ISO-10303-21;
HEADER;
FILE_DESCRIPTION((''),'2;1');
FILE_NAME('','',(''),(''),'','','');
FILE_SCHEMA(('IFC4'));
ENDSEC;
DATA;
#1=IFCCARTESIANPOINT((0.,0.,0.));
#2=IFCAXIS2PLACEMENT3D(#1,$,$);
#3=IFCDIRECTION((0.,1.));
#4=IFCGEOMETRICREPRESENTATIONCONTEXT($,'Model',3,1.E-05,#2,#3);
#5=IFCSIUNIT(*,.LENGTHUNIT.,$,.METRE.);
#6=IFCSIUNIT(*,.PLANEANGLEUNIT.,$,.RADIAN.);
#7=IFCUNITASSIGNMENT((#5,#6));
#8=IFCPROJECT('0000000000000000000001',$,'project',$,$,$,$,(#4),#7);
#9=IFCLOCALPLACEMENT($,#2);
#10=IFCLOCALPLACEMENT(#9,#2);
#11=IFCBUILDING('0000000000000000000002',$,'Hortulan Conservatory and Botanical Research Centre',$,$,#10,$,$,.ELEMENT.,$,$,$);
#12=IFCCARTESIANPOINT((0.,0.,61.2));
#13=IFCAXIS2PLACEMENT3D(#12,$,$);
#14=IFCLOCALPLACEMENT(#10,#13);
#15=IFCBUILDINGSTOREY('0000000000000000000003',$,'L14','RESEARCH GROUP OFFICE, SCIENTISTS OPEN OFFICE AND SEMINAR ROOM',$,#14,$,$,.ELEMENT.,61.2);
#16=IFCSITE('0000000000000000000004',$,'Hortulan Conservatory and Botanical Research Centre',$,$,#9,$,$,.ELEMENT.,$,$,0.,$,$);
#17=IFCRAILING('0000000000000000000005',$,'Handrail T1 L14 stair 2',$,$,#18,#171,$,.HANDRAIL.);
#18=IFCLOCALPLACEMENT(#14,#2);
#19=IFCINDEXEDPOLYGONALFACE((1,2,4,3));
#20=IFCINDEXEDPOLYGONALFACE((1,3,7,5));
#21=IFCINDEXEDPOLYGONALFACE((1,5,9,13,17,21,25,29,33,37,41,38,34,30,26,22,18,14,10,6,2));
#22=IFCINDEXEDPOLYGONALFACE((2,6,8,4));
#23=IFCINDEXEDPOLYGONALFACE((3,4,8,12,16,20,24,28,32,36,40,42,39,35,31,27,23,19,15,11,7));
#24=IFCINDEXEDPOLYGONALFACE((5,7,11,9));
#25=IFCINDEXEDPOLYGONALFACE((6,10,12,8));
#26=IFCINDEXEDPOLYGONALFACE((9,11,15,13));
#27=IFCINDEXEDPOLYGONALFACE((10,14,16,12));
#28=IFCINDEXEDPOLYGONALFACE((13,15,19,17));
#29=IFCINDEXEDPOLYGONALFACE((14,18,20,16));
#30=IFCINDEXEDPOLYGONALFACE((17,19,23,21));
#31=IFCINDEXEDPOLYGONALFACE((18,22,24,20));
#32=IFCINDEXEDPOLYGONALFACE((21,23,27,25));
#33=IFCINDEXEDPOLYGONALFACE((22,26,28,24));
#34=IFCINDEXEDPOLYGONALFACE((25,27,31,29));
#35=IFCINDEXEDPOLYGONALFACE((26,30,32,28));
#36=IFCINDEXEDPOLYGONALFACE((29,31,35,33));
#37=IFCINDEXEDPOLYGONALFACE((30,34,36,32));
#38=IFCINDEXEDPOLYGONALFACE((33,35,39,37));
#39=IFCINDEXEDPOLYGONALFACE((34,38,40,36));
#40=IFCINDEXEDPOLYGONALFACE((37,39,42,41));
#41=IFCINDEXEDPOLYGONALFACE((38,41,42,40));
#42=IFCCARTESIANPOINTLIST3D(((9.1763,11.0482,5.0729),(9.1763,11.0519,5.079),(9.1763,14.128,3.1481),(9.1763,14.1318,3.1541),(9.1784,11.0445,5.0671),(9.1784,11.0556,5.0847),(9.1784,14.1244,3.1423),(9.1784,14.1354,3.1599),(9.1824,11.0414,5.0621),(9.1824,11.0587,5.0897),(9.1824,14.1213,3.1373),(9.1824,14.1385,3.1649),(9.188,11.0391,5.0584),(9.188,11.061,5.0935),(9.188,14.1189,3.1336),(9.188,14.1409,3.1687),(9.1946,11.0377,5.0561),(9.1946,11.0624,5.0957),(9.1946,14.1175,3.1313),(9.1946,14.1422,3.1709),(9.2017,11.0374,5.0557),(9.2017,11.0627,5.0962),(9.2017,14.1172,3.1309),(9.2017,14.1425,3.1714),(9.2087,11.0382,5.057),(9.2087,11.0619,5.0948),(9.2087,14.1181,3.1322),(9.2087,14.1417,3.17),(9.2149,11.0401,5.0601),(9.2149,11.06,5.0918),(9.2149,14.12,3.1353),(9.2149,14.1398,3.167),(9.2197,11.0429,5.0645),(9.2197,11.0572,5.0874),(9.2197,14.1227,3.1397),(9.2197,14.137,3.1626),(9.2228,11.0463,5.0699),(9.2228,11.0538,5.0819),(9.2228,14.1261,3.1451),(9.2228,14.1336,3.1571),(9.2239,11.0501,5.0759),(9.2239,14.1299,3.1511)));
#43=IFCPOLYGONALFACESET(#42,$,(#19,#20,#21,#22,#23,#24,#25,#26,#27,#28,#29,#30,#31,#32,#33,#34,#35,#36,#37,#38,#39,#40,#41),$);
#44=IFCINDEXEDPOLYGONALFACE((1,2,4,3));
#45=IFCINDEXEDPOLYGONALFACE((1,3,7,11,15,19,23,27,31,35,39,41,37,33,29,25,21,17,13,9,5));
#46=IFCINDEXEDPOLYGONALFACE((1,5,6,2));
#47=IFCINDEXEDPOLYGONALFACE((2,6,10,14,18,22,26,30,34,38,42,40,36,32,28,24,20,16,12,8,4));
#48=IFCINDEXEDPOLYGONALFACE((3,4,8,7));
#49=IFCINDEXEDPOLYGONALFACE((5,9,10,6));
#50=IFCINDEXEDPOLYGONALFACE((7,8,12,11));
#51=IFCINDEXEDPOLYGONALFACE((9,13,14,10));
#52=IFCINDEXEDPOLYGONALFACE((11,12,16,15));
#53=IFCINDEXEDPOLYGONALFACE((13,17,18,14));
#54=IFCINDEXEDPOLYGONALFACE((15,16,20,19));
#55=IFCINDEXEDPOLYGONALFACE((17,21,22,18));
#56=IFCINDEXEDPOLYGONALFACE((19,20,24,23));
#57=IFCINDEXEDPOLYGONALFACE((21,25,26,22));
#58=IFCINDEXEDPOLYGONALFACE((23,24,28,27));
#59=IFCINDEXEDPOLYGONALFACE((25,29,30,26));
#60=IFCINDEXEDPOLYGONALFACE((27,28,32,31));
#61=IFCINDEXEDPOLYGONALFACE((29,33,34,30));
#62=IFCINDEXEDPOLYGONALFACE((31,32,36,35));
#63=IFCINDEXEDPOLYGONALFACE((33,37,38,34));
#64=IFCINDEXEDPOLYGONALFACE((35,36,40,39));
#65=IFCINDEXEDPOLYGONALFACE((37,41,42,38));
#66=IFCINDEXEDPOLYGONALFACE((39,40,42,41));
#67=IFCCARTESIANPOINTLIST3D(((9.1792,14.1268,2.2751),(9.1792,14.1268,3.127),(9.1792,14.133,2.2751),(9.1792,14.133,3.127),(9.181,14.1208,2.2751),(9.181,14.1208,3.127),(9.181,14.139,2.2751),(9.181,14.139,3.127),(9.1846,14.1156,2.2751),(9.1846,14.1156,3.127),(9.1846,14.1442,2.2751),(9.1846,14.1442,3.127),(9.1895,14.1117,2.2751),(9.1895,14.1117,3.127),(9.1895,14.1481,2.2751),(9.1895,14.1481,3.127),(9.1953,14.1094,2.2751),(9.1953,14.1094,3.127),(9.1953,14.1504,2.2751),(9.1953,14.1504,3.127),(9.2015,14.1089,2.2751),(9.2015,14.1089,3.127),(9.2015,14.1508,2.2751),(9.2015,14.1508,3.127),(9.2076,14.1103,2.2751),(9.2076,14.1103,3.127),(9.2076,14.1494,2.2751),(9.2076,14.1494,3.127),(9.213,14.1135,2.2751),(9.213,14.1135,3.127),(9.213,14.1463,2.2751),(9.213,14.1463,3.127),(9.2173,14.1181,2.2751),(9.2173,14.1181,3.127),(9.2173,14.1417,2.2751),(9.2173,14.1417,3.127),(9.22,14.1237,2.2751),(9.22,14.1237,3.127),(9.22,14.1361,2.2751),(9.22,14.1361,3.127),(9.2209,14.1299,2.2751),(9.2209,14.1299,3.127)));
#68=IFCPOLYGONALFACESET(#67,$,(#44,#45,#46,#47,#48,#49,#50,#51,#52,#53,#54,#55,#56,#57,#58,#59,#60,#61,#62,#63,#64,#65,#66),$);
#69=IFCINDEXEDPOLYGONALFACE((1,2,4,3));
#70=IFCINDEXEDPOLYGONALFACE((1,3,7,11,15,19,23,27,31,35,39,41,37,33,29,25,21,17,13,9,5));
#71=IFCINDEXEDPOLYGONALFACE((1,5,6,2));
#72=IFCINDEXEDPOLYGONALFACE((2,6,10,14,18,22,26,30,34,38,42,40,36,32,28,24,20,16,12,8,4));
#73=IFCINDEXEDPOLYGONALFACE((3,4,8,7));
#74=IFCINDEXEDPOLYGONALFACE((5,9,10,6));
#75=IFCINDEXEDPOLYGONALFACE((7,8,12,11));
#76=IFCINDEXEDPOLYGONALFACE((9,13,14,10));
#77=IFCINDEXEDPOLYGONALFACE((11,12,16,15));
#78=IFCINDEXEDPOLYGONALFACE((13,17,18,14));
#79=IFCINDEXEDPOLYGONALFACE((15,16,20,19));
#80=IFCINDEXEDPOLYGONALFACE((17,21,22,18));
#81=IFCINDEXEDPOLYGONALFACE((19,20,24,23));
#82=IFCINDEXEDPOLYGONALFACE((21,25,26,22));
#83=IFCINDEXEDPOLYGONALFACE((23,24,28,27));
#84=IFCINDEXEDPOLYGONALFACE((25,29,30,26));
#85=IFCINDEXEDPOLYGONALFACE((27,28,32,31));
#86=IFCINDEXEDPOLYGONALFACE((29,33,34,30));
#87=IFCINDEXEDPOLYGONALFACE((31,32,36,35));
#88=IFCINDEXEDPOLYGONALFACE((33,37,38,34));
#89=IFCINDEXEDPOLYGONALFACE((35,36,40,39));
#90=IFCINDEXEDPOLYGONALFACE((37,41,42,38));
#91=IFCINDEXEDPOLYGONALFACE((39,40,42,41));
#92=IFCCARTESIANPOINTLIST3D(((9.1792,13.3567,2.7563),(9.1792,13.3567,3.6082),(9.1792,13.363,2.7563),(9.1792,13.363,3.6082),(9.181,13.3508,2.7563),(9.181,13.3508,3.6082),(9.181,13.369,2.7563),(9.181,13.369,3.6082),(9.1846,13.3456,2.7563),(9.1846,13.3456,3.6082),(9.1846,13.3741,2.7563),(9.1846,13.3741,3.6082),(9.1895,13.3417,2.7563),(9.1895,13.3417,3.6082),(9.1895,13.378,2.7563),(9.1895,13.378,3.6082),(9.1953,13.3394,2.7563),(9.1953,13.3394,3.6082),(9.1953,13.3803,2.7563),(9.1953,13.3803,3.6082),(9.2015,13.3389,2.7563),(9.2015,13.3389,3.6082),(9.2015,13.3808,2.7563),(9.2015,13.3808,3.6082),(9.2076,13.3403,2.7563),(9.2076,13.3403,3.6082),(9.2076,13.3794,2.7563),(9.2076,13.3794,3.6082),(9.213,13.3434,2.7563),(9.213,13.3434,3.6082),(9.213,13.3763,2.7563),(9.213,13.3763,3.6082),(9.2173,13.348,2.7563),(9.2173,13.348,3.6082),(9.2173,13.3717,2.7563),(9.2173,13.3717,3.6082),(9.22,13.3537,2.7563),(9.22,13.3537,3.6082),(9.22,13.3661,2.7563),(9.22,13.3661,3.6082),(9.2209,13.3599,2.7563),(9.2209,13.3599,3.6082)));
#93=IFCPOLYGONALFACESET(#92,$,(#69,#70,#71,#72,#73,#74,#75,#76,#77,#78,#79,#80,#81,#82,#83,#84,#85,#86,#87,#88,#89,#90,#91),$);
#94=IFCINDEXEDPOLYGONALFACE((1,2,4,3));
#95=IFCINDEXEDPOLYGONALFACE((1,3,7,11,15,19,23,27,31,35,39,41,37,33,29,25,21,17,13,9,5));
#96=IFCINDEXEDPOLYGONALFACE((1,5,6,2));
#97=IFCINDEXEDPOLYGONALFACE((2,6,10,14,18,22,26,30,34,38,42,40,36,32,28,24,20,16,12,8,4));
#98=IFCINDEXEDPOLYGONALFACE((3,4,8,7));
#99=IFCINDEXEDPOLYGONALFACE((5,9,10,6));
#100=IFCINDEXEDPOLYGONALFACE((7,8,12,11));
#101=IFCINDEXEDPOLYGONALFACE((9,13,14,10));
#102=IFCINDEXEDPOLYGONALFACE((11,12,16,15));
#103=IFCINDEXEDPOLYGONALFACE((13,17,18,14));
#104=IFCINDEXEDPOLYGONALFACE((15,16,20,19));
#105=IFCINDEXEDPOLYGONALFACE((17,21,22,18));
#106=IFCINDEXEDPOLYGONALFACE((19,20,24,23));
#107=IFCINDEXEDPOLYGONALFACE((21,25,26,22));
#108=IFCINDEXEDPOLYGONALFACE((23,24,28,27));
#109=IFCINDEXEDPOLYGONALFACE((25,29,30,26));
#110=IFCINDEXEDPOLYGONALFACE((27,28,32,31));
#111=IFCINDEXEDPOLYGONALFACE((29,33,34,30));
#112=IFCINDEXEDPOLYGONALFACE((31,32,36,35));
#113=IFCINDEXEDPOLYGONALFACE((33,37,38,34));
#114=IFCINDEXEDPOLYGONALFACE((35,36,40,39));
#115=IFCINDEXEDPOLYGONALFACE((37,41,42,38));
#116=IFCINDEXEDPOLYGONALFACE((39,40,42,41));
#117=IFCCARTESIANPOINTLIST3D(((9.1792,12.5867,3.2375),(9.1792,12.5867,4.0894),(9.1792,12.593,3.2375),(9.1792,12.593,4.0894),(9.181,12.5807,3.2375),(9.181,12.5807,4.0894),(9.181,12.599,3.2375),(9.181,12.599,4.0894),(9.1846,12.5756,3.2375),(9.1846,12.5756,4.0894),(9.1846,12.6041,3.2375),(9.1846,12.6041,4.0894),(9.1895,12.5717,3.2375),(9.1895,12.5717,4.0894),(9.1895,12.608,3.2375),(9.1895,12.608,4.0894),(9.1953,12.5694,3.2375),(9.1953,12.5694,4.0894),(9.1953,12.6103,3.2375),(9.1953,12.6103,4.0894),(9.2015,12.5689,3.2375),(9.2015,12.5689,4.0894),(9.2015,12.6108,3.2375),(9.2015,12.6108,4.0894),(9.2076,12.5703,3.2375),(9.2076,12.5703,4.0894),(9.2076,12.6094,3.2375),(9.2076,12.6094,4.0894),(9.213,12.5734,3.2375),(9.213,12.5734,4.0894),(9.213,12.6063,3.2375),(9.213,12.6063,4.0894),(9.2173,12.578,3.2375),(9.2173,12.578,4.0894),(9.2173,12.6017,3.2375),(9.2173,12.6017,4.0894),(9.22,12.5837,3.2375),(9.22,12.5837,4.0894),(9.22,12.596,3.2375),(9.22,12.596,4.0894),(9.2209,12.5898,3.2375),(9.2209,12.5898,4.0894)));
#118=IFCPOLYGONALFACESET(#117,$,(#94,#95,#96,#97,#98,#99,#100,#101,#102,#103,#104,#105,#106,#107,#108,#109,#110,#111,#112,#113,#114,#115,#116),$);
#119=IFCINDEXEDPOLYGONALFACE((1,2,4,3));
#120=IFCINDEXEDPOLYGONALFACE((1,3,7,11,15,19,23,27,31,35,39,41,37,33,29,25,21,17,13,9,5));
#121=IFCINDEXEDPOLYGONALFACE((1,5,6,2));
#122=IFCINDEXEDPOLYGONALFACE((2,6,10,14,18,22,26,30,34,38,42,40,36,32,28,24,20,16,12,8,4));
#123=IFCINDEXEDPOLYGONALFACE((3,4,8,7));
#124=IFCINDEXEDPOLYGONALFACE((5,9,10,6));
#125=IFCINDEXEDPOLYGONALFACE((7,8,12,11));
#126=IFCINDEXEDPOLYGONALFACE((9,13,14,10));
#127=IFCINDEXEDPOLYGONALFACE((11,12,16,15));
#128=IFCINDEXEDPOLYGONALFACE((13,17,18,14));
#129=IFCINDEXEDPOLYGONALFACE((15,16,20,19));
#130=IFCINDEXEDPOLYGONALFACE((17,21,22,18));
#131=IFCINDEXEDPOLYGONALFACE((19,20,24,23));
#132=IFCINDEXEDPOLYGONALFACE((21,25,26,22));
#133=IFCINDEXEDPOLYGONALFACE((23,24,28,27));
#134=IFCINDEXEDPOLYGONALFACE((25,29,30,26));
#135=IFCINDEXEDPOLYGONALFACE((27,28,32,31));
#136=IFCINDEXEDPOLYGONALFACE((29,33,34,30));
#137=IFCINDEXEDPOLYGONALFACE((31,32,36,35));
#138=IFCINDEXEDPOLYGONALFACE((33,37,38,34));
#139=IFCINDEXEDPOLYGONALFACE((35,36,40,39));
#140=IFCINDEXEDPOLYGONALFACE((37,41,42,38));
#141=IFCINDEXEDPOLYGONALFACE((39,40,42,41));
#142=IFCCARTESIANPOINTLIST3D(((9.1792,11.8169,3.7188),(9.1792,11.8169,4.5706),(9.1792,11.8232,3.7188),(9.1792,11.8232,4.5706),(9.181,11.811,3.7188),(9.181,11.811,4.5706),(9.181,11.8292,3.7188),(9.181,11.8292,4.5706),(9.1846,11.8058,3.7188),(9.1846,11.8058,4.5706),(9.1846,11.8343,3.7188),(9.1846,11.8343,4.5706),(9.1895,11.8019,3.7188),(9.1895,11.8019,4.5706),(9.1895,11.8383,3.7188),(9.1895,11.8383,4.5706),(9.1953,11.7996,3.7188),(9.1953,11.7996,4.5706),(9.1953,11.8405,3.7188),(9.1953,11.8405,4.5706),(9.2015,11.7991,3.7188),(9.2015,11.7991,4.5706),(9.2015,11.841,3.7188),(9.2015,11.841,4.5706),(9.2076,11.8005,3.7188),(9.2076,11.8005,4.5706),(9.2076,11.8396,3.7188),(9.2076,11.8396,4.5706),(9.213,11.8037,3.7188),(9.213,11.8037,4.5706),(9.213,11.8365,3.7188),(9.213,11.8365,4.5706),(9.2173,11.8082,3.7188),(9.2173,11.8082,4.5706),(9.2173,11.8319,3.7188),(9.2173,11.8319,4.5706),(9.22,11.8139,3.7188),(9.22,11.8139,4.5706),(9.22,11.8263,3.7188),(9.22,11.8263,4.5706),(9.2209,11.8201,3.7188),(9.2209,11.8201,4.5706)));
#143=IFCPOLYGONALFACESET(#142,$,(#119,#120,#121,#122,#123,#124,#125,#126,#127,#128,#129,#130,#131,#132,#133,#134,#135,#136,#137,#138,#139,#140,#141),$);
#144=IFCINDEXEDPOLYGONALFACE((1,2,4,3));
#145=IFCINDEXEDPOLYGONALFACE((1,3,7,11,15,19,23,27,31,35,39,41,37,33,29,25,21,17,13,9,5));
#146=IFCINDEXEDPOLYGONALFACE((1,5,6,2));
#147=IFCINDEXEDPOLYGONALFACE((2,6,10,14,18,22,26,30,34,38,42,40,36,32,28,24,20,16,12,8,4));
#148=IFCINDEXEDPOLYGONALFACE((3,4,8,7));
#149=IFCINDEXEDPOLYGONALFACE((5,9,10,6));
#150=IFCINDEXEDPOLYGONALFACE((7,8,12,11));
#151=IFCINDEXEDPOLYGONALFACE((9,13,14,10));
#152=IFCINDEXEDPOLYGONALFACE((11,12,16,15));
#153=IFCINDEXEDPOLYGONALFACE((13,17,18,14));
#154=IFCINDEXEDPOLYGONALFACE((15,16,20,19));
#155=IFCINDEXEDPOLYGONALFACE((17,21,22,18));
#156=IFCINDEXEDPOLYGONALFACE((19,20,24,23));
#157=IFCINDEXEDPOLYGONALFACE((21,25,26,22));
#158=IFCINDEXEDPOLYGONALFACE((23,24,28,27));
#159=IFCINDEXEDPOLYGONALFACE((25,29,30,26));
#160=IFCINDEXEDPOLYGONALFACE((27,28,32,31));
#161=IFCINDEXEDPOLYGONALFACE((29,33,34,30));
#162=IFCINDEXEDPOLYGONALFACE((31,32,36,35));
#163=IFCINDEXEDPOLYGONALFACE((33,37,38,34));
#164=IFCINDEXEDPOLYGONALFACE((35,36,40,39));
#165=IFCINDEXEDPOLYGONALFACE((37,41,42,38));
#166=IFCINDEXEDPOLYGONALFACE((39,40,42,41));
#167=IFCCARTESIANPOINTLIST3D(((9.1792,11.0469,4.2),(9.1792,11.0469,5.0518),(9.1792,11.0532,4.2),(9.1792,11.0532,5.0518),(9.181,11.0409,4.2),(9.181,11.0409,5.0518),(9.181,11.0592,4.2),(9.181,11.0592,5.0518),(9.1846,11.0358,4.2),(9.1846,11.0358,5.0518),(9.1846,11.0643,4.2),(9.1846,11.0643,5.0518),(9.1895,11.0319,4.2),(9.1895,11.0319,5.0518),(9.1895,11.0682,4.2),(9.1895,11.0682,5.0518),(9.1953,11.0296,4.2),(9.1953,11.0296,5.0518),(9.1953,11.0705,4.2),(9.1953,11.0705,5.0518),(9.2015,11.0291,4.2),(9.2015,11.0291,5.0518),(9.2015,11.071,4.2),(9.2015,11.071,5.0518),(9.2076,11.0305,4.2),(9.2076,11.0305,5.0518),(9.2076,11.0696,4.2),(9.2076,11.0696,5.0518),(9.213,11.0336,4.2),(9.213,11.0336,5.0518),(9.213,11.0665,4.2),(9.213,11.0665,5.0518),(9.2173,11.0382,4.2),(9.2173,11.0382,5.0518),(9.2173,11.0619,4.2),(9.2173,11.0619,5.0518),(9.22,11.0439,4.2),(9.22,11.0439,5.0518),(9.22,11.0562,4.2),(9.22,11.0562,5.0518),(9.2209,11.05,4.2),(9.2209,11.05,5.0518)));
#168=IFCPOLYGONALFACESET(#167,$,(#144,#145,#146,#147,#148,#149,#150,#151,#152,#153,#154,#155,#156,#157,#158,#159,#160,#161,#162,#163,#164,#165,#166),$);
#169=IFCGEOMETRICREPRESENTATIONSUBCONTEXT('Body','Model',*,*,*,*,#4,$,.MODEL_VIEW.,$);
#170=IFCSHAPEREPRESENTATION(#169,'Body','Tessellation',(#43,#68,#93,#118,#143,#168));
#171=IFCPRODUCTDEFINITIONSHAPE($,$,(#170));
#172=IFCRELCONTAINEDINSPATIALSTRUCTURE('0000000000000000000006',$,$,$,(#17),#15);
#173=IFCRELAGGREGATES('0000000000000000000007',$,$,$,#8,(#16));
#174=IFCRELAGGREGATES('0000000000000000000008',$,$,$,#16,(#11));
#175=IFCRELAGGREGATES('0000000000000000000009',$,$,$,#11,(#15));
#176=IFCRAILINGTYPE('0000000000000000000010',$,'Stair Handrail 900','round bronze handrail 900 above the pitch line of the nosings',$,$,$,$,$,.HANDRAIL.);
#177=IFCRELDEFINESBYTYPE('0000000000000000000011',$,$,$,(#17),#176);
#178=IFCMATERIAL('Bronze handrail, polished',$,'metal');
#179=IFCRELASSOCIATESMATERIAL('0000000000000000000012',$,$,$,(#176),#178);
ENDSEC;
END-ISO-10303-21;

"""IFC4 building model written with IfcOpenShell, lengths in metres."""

from ifc_helpers import new_model, si_unit, direction, frame, origin, origin_2d, place, context, subcontext, project, spatial, circle, extrude, material, type_object, element, save


model = new_model("IFC4")

# Units and contexts
model_context = context("Model", 3, precision=1e-05, world=origin(), true_north=direction((0.0, 1.0)))
body_context = subcontext(model_context, "Body", "Model", "MODEL_VIEW")
ifc_project = project(units=[si_unit("LENGTHUNIT", "METRE"), si_unit("PLANEANGLEUNIT", "RADIAN")], contexts=[model_context])

# Site, building, storey
site_placement = place(None, origin())
site = spatial("IfcSite", under=ifc_project, at=site_placement, Name="Hortulan Conservatory and Botanical Research Centre", CompositionType="ELEMENT", RefElevation=0.0)
building_placement = place(site_placement, origin())
building = spatial("IfcBuilding", under=site, at=building_placement, Name="Hortulan Conservatory and Botanical Research Centre", CompositionType="ELEMENT")
storey_placement = place(building_placement, frame((0.0, 0.0, 61.2)))
storey = spatial("IfcBuildingStorey", under=building, at=storey_placement, Name="L14", Description="RESEARCH GROUP OFFICE, SCIENTISTS OPEN OFFICE AND SEMINAR ROOM", CompositionType="ELEMENT", Elevation=61.2)

# Railing
ifc_material_1 = material(Name="Bronze handrail, polished", Category="metal")
railing_type = type_object("IfcRailingType", Name="Stair Handrail 900", Description="round bronze handrail 900 above the pitch line of the nosings", PredefinedType="HANDRAIL", material=ifc_material_1)
for number, where, name in (
    (1, (9.2, 14.1299, 2.2751), "Handrail T1 L14 stair 2"),
):
    element("IfcRailing", number, at=place(storey_placement, frame(where)), inside=storey, type_object=railing_type, Name=name, PredefinedType="HANDRAIL", context=body_context, shape_type="SweptSolid", body=[
        extrude(circle(Radius=0.0239, at=origin_2d()), frame((0.0, 0.0, 0.876), z_axis=(0.0, -0.84801, 0.529981), x_axis=(1.0, 0.0, 0.0)), (0.0, 0.0, 1.0), 3.6318),
        extrude(circle(Radius=0.021, at=origin_2d()), origin(), (0.0, 0.0, 1.0), 0.8518),
        extrude(circle(Radius=0.021, at=origin_2d()), frame((0.0, -0.77, 0.4812)), (0.0, 0.0, 1.0), 0.8518),
        extrude(circle(Radius=0.021, at=origin_2d()), frame((0.0, -1.54, 0.9624)), (0.0, 0.0, 1.0), 0.8518),
        extrude(circle(Radius=0.021, at=origin_2d()), frame((0.0, -2.3098, 1.4436)), (0.0, 0.0, 1.0), 0.8518),
        extrude(circle(Radius=0.021, at=origin_2d()), frame((0.0, -3.0798, 1.9248)), (0.0, 0.0, 1.0), 0.8518),
    ])

save(model, "model.ifc")
